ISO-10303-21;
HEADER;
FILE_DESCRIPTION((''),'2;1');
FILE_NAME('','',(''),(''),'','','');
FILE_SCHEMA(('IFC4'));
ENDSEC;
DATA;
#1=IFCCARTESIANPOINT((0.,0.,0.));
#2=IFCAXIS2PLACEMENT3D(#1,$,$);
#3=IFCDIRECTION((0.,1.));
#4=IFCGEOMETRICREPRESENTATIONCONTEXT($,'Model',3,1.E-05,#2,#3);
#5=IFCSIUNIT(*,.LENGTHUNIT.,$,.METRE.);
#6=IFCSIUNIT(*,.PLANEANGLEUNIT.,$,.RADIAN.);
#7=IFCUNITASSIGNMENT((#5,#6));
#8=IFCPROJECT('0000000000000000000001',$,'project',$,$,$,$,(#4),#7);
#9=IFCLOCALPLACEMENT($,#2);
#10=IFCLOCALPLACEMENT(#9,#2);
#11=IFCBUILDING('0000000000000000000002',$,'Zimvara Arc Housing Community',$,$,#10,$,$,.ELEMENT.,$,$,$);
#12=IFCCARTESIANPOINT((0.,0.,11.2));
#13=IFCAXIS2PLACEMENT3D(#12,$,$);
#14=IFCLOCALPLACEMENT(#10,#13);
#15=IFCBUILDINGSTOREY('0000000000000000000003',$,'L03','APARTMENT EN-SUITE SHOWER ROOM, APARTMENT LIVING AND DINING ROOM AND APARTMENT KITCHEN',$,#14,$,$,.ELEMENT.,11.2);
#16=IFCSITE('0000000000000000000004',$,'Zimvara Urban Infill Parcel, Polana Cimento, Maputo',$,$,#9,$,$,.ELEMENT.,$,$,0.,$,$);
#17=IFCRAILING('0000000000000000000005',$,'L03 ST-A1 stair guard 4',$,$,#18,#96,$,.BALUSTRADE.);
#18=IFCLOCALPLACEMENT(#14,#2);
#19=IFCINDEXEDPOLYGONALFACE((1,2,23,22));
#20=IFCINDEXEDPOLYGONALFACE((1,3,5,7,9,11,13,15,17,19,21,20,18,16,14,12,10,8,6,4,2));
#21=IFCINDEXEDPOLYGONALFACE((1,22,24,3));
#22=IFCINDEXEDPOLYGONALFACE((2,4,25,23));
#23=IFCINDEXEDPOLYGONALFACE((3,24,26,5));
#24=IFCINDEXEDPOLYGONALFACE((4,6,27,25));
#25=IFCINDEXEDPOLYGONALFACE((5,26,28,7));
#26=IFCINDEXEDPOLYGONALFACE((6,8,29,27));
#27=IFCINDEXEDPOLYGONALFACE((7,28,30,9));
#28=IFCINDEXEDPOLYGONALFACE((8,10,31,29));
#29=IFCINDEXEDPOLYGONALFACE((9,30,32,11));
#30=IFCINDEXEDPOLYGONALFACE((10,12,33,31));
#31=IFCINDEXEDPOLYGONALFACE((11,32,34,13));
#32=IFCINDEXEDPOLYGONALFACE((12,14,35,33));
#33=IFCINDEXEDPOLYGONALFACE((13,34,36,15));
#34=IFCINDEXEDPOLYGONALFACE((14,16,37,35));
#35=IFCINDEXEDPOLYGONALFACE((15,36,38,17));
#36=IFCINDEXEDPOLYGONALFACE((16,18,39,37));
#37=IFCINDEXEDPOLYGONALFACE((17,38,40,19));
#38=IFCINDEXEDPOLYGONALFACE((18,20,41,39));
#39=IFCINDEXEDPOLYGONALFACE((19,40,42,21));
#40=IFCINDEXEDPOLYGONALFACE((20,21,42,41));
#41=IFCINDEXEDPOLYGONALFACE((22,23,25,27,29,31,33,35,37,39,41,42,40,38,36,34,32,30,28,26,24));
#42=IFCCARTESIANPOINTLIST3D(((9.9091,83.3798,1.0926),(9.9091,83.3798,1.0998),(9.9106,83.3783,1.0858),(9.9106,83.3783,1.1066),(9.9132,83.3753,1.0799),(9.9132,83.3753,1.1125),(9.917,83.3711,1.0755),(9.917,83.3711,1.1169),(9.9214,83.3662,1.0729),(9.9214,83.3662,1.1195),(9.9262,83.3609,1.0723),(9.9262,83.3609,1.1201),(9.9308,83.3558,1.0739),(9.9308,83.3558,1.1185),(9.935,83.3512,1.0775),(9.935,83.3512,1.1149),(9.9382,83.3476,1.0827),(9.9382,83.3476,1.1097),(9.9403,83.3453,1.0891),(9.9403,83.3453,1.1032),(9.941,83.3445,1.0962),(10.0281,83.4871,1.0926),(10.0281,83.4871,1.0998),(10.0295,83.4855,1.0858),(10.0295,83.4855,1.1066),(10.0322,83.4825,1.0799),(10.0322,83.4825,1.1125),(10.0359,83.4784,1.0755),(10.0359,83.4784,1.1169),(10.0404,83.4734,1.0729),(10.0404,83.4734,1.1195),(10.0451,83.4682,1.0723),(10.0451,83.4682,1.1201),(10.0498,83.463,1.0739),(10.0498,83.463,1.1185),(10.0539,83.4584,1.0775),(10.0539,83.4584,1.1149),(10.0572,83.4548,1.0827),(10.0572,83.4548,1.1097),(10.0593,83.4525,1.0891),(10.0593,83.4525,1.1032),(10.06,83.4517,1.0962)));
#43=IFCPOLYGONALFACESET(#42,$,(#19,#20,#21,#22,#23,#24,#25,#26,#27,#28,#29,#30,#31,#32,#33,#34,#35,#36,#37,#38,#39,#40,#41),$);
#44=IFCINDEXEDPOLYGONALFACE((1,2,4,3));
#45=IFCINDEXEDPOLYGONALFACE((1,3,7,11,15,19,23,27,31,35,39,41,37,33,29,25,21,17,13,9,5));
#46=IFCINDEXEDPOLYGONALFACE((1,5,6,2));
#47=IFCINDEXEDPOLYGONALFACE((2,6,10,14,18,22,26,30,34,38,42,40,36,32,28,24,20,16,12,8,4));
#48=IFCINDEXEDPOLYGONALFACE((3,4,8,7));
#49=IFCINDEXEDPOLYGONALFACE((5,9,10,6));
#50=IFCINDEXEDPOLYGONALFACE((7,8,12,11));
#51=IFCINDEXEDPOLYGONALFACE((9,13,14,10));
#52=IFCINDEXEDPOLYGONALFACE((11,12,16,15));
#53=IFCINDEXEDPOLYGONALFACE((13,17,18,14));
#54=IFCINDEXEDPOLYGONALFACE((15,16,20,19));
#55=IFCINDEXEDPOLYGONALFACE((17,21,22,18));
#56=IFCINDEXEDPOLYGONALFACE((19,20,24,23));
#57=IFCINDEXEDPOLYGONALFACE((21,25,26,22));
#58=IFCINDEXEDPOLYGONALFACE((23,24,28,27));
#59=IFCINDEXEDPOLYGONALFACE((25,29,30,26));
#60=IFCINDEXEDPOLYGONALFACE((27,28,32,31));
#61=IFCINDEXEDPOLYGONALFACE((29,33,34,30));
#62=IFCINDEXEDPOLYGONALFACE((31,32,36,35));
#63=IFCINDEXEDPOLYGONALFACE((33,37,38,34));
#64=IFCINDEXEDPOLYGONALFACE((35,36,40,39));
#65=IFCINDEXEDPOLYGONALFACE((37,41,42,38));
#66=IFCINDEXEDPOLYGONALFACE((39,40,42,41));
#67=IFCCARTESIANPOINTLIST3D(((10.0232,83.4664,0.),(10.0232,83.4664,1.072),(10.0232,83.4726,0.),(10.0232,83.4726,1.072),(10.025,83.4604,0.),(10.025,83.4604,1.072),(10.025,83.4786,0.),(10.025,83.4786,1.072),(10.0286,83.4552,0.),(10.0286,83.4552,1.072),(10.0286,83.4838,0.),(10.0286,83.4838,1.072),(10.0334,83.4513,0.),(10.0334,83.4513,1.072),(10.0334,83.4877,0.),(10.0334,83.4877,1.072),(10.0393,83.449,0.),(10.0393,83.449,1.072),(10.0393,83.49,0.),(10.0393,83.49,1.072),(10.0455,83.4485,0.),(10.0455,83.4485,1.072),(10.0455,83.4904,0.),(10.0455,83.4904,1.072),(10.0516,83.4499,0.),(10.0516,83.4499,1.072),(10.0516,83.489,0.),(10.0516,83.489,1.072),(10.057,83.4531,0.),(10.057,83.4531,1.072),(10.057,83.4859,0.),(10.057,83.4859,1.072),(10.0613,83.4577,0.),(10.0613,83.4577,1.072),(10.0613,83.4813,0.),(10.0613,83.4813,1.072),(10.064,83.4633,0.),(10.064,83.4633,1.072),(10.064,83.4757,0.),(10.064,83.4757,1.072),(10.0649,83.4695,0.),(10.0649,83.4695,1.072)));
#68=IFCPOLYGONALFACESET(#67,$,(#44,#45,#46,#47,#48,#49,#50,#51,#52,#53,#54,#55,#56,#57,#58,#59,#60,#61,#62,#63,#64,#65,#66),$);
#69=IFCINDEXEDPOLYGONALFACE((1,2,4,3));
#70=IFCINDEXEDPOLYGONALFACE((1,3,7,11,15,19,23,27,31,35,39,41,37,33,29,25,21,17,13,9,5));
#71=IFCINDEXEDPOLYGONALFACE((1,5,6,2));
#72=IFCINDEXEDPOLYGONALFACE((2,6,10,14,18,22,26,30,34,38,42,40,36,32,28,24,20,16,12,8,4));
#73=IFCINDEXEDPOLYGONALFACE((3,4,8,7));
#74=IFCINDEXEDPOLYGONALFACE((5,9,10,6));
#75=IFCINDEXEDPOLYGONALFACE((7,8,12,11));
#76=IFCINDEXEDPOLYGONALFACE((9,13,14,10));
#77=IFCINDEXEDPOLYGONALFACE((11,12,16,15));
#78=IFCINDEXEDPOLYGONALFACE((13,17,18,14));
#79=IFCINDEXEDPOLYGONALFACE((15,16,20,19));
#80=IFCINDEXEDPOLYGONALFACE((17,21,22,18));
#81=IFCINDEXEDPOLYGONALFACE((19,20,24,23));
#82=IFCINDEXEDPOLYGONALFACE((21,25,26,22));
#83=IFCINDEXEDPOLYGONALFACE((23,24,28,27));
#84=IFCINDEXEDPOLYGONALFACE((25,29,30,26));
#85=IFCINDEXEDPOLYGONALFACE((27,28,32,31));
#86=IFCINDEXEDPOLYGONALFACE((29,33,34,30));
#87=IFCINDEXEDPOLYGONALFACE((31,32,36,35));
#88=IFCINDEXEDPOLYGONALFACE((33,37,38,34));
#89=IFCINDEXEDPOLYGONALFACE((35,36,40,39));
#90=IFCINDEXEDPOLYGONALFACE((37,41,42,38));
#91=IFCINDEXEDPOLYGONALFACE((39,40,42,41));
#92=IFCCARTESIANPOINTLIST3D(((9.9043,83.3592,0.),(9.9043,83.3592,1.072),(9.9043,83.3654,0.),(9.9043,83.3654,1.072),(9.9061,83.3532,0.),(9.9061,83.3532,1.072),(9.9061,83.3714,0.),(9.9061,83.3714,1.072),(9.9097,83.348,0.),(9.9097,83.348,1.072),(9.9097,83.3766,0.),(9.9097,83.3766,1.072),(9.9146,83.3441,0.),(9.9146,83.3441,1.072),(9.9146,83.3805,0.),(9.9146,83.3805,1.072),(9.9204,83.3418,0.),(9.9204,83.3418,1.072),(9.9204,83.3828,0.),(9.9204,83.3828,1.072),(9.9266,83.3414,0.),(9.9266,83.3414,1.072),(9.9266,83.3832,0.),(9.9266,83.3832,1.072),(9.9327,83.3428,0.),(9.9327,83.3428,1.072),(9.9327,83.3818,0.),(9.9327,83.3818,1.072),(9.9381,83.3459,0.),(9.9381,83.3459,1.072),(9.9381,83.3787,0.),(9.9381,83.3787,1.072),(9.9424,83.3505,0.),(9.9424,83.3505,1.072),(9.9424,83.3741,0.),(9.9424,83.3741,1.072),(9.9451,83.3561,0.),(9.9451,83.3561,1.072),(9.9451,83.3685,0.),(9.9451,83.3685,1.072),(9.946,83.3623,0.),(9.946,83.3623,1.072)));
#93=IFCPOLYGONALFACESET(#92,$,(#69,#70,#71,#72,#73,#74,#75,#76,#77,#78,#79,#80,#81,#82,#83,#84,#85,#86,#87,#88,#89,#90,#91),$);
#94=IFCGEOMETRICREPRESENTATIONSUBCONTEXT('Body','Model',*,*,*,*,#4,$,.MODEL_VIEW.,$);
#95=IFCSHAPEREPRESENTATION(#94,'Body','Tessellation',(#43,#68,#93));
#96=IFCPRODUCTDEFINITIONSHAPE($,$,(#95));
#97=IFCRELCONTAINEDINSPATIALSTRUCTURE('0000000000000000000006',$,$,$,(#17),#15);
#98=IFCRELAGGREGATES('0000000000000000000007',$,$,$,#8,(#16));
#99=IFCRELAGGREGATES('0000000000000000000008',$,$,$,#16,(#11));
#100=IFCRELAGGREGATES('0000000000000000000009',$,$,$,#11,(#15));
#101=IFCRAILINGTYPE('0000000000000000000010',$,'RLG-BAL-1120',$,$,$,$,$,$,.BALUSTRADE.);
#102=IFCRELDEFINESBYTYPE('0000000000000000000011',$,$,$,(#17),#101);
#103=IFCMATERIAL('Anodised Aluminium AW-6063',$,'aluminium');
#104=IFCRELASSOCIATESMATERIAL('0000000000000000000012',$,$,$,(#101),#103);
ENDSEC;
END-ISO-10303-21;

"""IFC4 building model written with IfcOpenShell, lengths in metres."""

from ifc_helpers import new_model, si_unit, direction, frame, origin, origin_2d, place, context, subcontext, project, spatial, circle, extrude, material, type_object, element, save


model = new_model("IFC4")

# Units and contexts
model_context = context("Model", 3, precision=1e-05, world=origin(), true_north=direction((0.0, 1.0)))
body_context = subcontext(model_context, "Body", "Model", "MODEL_VIEW")
ifc_project = project(units=[si_unit("LENGTHUNIT", "METRE"), si_unit("PLANEANGLEUNIT", "RADIAN")], contexts=[model_context])

# Site, building, storey
site_placement = place(None, origin())
site = spatial("IfcSite", under=ifc_project, at=site_placement, Name="Zimvara Urban Infill Parcel, Polana Cimento, Maputo", CompositionType="ELEMENT", RefElevation=0.0)
building_placement = place(site_placement, origin())
building = spatial("IfcBuilding", under=site, at=building_placement, Name="Zimvara Arc Housing Community", CompositionType="ELEMENT")
storey_placement = place(building_placement, frame((0.0, 0.0, 11.2)))
storey = spatial("IfcBuildingStorey", under=building, at=storey_placement, Name="L03", Description="APARTMENT EN-SUITE SHOWER ROOM, APARTMENT LIVING AND DINING ROOM AND APARTMENT KITCHEN", CompositionType="ELEMENT", Elevation=11.2)

# Railing
ifc_material_1 = material(Name="Anodised Aluminium AW-6063", Category="aluminium")
railing_type = type_object("IfcRailingType", Name="RLG-BAL-1120", PredefinedType="BALUSTRADE", material=ifc_material_1)
railing_1_placement = place(storey_placement, frame((10.0439, 83.4695, 0.0)))
element("IfcRailing", 1, at=railing_1_placement, inside=storey, type_object=railing_type, Name="L03 ST-A1 stair guard 4", PredefinedType="BALUSTRADE", context=body_context, shape_type="SweptSolid", body=[
    extrude(circle(Radius=0.0239, at=origin_2d()), frame((0.0, 0.0, 1.0962), z_axis=(-0.742763, -0.669554, 0.0), x_axis=(0.669554, -0.742763, 0.0)), (0.0, 0.0, 1.0), 0.1602),
    extrude(circle(Radius=0.021, at=origin_2d()), origin(), (0.0, 0.0, 1.0), 1.072),
    extrude(circle(Radius=0.021, at=origin_2d()), frame((-0.1189, -0.1072, 0.0)), (0.0, 0.0, 1.0), 1.072),
])

save(model, "model.ifc")
